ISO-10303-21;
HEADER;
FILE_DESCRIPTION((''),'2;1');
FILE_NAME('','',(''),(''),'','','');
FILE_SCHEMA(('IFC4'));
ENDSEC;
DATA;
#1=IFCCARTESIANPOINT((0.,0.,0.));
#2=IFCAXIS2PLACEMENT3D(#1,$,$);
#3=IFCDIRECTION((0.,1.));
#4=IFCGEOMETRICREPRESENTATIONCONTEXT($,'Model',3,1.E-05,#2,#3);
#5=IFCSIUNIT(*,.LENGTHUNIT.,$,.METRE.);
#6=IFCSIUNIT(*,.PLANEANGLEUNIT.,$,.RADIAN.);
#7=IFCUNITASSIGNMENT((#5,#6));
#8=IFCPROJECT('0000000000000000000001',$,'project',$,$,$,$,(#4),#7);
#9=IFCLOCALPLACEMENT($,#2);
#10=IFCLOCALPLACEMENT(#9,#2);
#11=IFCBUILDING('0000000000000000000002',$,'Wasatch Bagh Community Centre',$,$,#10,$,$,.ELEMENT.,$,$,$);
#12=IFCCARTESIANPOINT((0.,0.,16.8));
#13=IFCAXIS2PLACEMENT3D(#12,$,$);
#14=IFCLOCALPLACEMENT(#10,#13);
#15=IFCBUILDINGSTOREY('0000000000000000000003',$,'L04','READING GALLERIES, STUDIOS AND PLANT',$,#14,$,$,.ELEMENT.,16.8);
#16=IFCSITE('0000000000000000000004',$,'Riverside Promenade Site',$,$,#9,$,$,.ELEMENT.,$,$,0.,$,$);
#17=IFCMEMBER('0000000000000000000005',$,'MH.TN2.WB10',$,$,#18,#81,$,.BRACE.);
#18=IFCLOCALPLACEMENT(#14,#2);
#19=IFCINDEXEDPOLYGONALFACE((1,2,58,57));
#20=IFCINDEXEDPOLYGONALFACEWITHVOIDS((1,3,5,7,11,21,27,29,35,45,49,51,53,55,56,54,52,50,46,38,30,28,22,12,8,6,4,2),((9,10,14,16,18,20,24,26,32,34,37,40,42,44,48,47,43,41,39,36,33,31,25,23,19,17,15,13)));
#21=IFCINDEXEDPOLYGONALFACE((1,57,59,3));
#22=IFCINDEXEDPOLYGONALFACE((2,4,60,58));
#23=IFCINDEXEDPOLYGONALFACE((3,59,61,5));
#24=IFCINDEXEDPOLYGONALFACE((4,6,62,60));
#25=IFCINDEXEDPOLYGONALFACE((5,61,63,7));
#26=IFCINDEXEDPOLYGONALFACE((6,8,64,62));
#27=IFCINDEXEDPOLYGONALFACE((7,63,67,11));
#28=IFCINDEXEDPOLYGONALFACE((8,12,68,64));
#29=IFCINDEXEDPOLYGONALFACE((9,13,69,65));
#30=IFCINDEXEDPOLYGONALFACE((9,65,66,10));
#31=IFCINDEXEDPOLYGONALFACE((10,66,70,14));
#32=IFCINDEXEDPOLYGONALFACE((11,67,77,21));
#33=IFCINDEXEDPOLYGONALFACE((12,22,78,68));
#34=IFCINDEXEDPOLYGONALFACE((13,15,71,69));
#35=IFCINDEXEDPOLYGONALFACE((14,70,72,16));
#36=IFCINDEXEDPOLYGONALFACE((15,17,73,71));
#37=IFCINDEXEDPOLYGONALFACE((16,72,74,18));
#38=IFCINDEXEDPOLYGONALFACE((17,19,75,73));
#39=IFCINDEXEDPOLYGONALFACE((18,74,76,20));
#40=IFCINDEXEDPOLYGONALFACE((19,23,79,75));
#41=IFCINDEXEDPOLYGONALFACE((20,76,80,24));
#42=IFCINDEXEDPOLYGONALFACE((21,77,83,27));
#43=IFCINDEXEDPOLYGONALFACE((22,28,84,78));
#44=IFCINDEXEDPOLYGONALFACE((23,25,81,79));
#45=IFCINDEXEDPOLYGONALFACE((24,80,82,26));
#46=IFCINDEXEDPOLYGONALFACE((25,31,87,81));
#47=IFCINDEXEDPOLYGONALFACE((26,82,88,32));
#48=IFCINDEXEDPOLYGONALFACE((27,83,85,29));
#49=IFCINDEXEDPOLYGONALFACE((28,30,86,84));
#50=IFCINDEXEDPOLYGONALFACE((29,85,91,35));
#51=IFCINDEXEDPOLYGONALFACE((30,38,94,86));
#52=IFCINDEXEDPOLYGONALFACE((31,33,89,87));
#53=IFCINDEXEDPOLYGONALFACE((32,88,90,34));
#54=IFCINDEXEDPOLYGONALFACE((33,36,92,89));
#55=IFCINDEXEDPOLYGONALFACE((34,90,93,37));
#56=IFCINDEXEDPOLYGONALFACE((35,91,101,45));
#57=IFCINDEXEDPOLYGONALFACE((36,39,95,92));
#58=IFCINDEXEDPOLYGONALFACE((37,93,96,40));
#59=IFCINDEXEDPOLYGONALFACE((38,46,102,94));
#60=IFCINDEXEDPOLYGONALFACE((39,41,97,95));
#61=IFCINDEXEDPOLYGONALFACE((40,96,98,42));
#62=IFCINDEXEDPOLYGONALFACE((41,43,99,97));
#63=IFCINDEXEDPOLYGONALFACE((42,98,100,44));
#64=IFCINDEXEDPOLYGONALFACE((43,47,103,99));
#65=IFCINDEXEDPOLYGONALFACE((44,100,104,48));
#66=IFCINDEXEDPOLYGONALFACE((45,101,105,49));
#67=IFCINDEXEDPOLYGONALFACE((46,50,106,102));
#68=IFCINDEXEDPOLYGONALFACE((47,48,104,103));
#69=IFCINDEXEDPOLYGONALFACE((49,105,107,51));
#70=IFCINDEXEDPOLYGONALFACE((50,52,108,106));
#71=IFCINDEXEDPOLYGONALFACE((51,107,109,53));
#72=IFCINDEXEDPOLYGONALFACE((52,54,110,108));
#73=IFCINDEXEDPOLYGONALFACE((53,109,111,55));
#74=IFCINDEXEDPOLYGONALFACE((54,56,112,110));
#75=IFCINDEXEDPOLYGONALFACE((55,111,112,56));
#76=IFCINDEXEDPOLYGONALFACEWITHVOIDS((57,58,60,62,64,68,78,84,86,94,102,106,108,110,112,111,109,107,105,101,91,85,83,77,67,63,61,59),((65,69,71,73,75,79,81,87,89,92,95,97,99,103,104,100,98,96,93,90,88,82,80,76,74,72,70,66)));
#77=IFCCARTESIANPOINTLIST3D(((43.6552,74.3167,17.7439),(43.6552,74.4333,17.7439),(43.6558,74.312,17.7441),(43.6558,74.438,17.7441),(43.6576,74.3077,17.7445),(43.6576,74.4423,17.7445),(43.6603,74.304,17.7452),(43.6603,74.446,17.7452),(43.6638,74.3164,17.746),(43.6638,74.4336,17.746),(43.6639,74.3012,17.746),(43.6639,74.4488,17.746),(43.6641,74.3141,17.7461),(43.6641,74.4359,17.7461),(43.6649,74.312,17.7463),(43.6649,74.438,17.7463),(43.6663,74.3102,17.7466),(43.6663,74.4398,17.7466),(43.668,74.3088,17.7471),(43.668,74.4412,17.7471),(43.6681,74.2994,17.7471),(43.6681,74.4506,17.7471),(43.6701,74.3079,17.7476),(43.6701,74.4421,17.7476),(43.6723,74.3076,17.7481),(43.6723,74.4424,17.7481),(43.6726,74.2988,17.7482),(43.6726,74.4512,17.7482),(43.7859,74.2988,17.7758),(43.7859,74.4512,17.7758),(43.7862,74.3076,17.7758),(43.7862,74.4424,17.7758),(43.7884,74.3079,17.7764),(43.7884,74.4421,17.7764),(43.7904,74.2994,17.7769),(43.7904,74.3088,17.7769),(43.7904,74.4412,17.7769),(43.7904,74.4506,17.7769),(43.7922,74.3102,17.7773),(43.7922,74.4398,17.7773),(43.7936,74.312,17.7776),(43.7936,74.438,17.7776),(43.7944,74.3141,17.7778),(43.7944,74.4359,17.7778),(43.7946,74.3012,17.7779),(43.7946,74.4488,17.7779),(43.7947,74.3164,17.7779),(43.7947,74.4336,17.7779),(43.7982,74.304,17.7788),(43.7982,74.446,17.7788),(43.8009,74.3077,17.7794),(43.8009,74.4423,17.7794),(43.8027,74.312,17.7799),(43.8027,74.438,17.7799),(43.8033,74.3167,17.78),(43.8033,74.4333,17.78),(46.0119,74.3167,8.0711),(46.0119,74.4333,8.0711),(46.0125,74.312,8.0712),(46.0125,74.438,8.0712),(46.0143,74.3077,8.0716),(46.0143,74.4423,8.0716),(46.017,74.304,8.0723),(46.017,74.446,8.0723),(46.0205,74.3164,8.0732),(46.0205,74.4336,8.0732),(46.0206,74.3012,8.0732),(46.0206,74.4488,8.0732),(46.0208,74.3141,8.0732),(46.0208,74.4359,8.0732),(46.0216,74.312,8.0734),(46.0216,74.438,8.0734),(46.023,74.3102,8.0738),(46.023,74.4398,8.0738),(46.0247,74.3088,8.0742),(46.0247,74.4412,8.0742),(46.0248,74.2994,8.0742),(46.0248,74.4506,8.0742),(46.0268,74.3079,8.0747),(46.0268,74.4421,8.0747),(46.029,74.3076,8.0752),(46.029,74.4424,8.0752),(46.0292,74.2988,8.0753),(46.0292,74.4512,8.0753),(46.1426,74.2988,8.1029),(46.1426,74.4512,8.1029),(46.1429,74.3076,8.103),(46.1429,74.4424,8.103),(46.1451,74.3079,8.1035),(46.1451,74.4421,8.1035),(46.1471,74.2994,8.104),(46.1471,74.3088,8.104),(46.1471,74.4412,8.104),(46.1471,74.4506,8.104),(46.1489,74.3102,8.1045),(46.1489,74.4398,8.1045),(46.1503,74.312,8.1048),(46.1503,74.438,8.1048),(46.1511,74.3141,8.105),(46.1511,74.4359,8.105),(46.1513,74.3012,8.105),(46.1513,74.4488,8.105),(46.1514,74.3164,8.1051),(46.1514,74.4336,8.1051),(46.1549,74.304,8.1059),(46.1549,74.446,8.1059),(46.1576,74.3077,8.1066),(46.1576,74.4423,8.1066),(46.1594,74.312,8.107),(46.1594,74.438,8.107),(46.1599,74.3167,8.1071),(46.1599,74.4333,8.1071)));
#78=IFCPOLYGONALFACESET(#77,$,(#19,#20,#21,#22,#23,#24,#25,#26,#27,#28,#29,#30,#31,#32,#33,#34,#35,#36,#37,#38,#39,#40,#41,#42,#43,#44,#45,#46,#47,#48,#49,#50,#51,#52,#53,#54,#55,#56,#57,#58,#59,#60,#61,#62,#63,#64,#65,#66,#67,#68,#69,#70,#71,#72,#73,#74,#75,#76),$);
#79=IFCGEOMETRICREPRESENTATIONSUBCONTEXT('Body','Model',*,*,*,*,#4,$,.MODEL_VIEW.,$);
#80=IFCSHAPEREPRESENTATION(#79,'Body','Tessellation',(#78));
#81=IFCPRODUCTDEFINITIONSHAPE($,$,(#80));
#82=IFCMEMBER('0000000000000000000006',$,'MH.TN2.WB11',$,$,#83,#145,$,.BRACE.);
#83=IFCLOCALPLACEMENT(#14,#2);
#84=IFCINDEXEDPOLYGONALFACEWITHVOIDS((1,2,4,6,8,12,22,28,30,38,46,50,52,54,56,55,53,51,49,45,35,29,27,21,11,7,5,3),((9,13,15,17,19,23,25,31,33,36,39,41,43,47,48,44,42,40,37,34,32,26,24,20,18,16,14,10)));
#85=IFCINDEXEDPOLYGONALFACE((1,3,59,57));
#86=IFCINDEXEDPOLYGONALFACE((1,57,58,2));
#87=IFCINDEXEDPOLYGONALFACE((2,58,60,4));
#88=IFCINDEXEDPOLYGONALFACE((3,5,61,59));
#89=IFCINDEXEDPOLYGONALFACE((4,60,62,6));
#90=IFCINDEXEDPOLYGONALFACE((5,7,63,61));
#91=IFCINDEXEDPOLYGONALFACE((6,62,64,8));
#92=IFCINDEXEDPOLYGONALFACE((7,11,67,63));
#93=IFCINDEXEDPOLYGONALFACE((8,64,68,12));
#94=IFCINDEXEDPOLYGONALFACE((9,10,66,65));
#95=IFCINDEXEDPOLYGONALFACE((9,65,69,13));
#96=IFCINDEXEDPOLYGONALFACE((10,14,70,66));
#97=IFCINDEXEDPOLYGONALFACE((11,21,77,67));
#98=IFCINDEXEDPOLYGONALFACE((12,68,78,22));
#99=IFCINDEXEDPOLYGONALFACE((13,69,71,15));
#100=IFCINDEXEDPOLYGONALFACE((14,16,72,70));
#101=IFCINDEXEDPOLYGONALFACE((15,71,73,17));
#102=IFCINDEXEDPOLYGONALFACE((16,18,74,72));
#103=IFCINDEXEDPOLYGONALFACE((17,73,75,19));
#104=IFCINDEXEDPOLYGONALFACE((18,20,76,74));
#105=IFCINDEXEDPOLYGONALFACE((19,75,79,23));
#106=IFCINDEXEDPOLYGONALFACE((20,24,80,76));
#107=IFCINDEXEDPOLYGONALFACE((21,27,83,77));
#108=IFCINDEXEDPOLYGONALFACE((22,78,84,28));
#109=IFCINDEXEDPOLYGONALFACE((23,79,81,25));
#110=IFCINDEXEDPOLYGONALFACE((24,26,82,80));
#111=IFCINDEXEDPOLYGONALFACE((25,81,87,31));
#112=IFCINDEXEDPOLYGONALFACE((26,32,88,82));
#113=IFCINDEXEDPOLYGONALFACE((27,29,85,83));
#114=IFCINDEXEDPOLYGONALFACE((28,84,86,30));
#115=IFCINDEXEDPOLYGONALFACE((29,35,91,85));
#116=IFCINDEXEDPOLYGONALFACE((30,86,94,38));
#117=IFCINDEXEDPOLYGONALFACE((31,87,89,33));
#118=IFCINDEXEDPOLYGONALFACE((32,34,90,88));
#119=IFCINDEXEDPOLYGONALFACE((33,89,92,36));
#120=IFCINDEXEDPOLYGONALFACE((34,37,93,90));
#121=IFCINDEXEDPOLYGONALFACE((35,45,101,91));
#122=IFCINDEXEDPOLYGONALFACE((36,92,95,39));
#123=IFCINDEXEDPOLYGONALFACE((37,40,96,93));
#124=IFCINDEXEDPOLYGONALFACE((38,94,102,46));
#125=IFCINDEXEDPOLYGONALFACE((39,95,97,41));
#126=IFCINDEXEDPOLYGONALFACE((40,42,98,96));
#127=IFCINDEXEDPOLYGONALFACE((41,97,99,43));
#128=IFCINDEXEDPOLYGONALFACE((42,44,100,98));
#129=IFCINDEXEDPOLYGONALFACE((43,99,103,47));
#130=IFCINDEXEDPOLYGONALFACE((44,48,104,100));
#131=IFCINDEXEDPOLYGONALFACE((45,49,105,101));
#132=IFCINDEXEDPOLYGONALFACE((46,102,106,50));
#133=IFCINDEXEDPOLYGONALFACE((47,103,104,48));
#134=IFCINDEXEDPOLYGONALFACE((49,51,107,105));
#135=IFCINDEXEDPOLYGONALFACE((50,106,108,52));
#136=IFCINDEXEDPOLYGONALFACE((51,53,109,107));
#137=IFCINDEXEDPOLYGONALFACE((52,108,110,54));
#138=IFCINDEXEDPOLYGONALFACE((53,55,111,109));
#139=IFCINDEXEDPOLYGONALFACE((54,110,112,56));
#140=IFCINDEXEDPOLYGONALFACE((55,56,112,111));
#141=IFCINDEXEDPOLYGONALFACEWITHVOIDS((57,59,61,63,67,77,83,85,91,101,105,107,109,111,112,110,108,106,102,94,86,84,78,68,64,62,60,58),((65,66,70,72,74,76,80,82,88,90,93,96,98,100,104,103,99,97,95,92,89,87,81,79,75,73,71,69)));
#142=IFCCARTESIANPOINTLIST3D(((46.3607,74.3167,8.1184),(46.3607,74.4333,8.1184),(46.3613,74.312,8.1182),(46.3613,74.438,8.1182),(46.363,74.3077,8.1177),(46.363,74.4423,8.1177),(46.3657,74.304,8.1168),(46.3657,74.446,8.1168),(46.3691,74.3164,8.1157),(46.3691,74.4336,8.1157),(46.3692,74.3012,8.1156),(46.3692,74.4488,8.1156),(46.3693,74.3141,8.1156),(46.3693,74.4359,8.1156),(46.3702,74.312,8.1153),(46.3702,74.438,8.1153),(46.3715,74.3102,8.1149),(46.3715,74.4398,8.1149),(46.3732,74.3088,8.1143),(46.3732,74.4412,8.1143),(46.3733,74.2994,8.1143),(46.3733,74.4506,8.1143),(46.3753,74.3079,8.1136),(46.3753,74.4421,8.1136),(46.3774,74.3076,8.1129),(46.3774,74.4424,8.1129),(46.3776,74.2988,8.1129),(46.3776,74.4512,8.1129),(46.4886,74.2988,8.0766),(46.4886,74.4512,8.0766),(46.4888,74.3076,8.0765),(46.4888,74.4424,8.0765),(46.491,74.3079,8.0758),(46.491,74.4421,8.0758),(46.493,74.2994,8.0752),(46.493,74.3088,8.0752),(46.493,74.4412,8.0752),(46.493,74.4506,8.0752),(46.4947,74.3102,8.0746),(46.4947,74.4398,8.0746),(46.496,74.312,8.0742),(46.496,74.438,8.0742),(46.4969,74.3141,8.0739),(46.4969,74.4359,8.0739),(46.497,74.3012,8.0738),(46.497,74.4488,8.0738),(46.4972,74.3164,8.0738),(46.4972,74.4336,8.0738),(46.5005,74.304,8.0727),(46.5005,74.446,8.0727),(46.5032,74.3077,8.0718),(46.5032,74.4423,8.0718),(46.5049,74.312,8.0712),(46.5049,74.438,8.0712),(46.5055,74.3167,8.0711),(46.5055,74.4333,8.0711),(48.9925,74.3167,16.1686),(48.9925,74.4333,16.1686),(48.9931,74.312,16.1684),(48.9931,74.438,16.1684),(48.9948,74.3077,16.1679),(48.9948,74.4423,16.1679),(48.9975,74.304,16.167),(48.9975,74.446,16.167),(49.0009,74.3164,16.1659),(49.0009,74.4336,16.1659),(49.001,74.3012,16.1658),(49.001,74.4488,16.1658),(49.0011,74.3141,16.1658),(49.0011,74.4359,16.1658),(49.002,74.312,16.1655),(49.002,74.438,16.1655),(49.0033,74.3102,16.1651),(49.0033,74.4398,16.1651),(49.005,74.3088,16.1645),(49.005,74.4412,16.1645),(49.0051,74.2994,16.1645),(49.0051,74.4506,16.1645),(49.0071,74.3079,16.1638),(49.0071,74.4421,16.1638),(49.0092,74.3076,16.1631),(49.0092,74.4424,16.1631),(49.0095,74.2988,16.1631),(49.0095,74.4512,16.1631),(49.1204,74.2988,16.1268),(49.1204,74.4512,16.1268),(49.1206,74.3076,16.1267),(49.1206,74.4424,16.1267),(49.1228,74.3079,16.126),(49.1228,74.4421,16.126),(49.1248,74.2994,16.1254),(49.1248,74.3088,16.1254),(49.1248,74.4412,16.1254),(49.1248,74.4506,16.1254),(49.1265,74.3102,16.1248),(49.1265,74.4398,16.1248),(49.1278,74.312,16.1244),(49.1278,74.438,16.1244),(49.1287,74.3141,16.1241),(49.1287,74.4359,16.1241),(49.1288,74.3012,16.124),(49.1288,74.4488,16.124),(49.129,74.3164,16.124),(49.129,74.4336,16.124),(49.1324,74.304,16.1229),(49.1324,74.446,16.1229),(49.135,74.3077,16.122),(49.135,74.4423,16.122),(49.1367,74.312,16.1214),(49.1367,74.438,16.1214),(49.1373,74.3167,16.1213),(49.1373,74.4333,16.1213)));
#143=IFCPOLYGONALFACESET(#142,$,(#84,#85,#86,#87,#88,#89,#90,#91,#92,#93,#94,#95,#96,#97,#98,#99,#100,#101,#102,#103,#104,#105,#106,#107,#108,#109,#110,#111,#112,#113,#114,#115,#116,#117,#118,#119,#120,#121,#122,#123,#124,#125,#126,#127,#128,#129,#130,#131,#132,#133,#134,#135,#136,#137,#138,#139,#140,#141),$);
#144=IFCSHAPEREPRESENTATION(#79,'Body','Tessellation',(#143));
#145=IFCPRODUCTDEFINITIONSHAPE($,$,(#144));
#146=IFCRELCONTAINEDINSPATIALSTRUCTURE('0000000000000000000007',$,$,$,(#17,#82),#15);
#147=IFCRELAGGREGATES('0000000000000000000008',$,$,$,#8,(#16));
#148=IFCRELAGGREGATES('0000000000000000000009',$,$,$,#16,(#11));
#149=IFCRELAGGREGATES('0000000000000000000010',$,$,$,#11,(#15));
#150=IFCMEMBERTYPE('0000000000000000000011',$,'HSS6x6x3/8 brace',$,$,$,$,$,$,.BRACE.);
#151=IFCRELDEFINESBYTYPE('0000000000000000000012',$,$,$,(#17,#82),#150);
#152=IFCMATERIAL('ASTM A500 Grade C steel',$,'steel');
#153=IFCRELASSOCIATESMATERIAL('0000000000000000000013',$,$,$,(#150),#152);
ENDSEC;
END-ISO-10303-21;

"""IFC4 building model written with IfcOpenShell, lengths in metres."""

from ifc_helpers import new_model, si_unit, direction, frame, origin, origin_2d, place, context, subcontext, project, spatial, hollow_rectangle, extrude, material, material_profile, profile_set, type_object, element, save


model = new_model("IFC4")

# Units and contexts
model_context = context("Model", 3, precision=1e-05, world=origin(), true_north=direction((0.0, 1.0)))
body_context = subcontext(model_context, "Body", "Model", "MODEL_VIEW")
ifc_project = project(units=[si_unit("LENGTHUNIT", "METRE"), si_unit("PLANEANGLEUNIT", "RADIAN")], contexts=[model_context])

# Site, building, storey
site_placement = place(None, origin())
site = spatial("IfcSite", under=ifc_project, at=site_placement, Name="Riverside Promenade Site", CompositionType="ELEMENT", RefElevation=0.0)
building_placement = place(site_placement, origin())
building = spatial("IfcBuilding", under=site, at=building_placement, Name="Wasatch Bagh Community Centre", CompositionType="ELEMENT")
storey_placement = place(building_placement, frame((0.0, 0.0, 16.8)))
storey = spatial("IfcBuildingStorey", under=building, at=storey_placement, Name="L04", Description="READING GALLERIES, STUDIOS AND PLANT", CompositionType="ELEMENT", Elevation=16.8)

# Members
ifc_material_1 = material(Name="ASTM A500 Grade C steel", Category="steel")
ifc_material_profile_1 = material_profile(ifc_material_1, hollow_rectangle(XDim=0.1523, YDim=0.1523, WallThickness=0.0088, InnerFilletRadius=0.0088, OuterFilletRadius=0.0178, at=origin_2d()), Name="HSS6x6x3/8")
ifc_profile_set_1 = profile_set([ifc_material_profile_1], Name="ASTM A500 Grade C steel")
member_type_1 = type_object("IfcMemberType", Name="HSS6x6x3/8 brace", PredefinedType="BRACE", material=ifc_profile_set_1)
member_1_placement = place(storey_placement, frame((46.0859, 74.375, 8.0891), z_axis=(-0.236715, 0.0, 0.971579), x_axis=(0.0, -1.0, 0.0)))
element("IfcMember", 1, at=member_1_placement, inside=storey, type_object=member_type_1, Name="MH.TN2.WB10", PredefinedType="BRACE", context=body_context, shape_type="SweptSolid", body=[
    extrude(hollow_rectangle(XDim=0.1523, YDim=0.1523, WallThickness=0.0088, InnerFilletRadius=0.0088, OuterFilletRadius=0.0178, at=origin_2d()), origin(), (0.0, 0.0, 1.0), 9.9558),
])
member_2_placement = place(storey_placement, frame((46.4331, 74.375, 8.0947), z_axis=(0.31074, 0.0, 0.950495), x_axis=(0.0, 1.0, 0.0)))
element("IfcMember", 2, at=member_2_placement, inside=storey, type_object=member_type_1, Name="MH.TN2.WB11", PredefinedType="BRACE", context=body_context, shape_type="SweptSolid", body=[
    extrude(hollow_rectangle(XDim=0.1523, YDim=0.1523, WallThickness=0.0088, InnerFilletRadius=0.0088, OuterFilletRadius=0.0178, at=origin_2d()), origin(), (0.0, 0.0, 1.0), 8.4695),
])

save(model, "model.ifc")
